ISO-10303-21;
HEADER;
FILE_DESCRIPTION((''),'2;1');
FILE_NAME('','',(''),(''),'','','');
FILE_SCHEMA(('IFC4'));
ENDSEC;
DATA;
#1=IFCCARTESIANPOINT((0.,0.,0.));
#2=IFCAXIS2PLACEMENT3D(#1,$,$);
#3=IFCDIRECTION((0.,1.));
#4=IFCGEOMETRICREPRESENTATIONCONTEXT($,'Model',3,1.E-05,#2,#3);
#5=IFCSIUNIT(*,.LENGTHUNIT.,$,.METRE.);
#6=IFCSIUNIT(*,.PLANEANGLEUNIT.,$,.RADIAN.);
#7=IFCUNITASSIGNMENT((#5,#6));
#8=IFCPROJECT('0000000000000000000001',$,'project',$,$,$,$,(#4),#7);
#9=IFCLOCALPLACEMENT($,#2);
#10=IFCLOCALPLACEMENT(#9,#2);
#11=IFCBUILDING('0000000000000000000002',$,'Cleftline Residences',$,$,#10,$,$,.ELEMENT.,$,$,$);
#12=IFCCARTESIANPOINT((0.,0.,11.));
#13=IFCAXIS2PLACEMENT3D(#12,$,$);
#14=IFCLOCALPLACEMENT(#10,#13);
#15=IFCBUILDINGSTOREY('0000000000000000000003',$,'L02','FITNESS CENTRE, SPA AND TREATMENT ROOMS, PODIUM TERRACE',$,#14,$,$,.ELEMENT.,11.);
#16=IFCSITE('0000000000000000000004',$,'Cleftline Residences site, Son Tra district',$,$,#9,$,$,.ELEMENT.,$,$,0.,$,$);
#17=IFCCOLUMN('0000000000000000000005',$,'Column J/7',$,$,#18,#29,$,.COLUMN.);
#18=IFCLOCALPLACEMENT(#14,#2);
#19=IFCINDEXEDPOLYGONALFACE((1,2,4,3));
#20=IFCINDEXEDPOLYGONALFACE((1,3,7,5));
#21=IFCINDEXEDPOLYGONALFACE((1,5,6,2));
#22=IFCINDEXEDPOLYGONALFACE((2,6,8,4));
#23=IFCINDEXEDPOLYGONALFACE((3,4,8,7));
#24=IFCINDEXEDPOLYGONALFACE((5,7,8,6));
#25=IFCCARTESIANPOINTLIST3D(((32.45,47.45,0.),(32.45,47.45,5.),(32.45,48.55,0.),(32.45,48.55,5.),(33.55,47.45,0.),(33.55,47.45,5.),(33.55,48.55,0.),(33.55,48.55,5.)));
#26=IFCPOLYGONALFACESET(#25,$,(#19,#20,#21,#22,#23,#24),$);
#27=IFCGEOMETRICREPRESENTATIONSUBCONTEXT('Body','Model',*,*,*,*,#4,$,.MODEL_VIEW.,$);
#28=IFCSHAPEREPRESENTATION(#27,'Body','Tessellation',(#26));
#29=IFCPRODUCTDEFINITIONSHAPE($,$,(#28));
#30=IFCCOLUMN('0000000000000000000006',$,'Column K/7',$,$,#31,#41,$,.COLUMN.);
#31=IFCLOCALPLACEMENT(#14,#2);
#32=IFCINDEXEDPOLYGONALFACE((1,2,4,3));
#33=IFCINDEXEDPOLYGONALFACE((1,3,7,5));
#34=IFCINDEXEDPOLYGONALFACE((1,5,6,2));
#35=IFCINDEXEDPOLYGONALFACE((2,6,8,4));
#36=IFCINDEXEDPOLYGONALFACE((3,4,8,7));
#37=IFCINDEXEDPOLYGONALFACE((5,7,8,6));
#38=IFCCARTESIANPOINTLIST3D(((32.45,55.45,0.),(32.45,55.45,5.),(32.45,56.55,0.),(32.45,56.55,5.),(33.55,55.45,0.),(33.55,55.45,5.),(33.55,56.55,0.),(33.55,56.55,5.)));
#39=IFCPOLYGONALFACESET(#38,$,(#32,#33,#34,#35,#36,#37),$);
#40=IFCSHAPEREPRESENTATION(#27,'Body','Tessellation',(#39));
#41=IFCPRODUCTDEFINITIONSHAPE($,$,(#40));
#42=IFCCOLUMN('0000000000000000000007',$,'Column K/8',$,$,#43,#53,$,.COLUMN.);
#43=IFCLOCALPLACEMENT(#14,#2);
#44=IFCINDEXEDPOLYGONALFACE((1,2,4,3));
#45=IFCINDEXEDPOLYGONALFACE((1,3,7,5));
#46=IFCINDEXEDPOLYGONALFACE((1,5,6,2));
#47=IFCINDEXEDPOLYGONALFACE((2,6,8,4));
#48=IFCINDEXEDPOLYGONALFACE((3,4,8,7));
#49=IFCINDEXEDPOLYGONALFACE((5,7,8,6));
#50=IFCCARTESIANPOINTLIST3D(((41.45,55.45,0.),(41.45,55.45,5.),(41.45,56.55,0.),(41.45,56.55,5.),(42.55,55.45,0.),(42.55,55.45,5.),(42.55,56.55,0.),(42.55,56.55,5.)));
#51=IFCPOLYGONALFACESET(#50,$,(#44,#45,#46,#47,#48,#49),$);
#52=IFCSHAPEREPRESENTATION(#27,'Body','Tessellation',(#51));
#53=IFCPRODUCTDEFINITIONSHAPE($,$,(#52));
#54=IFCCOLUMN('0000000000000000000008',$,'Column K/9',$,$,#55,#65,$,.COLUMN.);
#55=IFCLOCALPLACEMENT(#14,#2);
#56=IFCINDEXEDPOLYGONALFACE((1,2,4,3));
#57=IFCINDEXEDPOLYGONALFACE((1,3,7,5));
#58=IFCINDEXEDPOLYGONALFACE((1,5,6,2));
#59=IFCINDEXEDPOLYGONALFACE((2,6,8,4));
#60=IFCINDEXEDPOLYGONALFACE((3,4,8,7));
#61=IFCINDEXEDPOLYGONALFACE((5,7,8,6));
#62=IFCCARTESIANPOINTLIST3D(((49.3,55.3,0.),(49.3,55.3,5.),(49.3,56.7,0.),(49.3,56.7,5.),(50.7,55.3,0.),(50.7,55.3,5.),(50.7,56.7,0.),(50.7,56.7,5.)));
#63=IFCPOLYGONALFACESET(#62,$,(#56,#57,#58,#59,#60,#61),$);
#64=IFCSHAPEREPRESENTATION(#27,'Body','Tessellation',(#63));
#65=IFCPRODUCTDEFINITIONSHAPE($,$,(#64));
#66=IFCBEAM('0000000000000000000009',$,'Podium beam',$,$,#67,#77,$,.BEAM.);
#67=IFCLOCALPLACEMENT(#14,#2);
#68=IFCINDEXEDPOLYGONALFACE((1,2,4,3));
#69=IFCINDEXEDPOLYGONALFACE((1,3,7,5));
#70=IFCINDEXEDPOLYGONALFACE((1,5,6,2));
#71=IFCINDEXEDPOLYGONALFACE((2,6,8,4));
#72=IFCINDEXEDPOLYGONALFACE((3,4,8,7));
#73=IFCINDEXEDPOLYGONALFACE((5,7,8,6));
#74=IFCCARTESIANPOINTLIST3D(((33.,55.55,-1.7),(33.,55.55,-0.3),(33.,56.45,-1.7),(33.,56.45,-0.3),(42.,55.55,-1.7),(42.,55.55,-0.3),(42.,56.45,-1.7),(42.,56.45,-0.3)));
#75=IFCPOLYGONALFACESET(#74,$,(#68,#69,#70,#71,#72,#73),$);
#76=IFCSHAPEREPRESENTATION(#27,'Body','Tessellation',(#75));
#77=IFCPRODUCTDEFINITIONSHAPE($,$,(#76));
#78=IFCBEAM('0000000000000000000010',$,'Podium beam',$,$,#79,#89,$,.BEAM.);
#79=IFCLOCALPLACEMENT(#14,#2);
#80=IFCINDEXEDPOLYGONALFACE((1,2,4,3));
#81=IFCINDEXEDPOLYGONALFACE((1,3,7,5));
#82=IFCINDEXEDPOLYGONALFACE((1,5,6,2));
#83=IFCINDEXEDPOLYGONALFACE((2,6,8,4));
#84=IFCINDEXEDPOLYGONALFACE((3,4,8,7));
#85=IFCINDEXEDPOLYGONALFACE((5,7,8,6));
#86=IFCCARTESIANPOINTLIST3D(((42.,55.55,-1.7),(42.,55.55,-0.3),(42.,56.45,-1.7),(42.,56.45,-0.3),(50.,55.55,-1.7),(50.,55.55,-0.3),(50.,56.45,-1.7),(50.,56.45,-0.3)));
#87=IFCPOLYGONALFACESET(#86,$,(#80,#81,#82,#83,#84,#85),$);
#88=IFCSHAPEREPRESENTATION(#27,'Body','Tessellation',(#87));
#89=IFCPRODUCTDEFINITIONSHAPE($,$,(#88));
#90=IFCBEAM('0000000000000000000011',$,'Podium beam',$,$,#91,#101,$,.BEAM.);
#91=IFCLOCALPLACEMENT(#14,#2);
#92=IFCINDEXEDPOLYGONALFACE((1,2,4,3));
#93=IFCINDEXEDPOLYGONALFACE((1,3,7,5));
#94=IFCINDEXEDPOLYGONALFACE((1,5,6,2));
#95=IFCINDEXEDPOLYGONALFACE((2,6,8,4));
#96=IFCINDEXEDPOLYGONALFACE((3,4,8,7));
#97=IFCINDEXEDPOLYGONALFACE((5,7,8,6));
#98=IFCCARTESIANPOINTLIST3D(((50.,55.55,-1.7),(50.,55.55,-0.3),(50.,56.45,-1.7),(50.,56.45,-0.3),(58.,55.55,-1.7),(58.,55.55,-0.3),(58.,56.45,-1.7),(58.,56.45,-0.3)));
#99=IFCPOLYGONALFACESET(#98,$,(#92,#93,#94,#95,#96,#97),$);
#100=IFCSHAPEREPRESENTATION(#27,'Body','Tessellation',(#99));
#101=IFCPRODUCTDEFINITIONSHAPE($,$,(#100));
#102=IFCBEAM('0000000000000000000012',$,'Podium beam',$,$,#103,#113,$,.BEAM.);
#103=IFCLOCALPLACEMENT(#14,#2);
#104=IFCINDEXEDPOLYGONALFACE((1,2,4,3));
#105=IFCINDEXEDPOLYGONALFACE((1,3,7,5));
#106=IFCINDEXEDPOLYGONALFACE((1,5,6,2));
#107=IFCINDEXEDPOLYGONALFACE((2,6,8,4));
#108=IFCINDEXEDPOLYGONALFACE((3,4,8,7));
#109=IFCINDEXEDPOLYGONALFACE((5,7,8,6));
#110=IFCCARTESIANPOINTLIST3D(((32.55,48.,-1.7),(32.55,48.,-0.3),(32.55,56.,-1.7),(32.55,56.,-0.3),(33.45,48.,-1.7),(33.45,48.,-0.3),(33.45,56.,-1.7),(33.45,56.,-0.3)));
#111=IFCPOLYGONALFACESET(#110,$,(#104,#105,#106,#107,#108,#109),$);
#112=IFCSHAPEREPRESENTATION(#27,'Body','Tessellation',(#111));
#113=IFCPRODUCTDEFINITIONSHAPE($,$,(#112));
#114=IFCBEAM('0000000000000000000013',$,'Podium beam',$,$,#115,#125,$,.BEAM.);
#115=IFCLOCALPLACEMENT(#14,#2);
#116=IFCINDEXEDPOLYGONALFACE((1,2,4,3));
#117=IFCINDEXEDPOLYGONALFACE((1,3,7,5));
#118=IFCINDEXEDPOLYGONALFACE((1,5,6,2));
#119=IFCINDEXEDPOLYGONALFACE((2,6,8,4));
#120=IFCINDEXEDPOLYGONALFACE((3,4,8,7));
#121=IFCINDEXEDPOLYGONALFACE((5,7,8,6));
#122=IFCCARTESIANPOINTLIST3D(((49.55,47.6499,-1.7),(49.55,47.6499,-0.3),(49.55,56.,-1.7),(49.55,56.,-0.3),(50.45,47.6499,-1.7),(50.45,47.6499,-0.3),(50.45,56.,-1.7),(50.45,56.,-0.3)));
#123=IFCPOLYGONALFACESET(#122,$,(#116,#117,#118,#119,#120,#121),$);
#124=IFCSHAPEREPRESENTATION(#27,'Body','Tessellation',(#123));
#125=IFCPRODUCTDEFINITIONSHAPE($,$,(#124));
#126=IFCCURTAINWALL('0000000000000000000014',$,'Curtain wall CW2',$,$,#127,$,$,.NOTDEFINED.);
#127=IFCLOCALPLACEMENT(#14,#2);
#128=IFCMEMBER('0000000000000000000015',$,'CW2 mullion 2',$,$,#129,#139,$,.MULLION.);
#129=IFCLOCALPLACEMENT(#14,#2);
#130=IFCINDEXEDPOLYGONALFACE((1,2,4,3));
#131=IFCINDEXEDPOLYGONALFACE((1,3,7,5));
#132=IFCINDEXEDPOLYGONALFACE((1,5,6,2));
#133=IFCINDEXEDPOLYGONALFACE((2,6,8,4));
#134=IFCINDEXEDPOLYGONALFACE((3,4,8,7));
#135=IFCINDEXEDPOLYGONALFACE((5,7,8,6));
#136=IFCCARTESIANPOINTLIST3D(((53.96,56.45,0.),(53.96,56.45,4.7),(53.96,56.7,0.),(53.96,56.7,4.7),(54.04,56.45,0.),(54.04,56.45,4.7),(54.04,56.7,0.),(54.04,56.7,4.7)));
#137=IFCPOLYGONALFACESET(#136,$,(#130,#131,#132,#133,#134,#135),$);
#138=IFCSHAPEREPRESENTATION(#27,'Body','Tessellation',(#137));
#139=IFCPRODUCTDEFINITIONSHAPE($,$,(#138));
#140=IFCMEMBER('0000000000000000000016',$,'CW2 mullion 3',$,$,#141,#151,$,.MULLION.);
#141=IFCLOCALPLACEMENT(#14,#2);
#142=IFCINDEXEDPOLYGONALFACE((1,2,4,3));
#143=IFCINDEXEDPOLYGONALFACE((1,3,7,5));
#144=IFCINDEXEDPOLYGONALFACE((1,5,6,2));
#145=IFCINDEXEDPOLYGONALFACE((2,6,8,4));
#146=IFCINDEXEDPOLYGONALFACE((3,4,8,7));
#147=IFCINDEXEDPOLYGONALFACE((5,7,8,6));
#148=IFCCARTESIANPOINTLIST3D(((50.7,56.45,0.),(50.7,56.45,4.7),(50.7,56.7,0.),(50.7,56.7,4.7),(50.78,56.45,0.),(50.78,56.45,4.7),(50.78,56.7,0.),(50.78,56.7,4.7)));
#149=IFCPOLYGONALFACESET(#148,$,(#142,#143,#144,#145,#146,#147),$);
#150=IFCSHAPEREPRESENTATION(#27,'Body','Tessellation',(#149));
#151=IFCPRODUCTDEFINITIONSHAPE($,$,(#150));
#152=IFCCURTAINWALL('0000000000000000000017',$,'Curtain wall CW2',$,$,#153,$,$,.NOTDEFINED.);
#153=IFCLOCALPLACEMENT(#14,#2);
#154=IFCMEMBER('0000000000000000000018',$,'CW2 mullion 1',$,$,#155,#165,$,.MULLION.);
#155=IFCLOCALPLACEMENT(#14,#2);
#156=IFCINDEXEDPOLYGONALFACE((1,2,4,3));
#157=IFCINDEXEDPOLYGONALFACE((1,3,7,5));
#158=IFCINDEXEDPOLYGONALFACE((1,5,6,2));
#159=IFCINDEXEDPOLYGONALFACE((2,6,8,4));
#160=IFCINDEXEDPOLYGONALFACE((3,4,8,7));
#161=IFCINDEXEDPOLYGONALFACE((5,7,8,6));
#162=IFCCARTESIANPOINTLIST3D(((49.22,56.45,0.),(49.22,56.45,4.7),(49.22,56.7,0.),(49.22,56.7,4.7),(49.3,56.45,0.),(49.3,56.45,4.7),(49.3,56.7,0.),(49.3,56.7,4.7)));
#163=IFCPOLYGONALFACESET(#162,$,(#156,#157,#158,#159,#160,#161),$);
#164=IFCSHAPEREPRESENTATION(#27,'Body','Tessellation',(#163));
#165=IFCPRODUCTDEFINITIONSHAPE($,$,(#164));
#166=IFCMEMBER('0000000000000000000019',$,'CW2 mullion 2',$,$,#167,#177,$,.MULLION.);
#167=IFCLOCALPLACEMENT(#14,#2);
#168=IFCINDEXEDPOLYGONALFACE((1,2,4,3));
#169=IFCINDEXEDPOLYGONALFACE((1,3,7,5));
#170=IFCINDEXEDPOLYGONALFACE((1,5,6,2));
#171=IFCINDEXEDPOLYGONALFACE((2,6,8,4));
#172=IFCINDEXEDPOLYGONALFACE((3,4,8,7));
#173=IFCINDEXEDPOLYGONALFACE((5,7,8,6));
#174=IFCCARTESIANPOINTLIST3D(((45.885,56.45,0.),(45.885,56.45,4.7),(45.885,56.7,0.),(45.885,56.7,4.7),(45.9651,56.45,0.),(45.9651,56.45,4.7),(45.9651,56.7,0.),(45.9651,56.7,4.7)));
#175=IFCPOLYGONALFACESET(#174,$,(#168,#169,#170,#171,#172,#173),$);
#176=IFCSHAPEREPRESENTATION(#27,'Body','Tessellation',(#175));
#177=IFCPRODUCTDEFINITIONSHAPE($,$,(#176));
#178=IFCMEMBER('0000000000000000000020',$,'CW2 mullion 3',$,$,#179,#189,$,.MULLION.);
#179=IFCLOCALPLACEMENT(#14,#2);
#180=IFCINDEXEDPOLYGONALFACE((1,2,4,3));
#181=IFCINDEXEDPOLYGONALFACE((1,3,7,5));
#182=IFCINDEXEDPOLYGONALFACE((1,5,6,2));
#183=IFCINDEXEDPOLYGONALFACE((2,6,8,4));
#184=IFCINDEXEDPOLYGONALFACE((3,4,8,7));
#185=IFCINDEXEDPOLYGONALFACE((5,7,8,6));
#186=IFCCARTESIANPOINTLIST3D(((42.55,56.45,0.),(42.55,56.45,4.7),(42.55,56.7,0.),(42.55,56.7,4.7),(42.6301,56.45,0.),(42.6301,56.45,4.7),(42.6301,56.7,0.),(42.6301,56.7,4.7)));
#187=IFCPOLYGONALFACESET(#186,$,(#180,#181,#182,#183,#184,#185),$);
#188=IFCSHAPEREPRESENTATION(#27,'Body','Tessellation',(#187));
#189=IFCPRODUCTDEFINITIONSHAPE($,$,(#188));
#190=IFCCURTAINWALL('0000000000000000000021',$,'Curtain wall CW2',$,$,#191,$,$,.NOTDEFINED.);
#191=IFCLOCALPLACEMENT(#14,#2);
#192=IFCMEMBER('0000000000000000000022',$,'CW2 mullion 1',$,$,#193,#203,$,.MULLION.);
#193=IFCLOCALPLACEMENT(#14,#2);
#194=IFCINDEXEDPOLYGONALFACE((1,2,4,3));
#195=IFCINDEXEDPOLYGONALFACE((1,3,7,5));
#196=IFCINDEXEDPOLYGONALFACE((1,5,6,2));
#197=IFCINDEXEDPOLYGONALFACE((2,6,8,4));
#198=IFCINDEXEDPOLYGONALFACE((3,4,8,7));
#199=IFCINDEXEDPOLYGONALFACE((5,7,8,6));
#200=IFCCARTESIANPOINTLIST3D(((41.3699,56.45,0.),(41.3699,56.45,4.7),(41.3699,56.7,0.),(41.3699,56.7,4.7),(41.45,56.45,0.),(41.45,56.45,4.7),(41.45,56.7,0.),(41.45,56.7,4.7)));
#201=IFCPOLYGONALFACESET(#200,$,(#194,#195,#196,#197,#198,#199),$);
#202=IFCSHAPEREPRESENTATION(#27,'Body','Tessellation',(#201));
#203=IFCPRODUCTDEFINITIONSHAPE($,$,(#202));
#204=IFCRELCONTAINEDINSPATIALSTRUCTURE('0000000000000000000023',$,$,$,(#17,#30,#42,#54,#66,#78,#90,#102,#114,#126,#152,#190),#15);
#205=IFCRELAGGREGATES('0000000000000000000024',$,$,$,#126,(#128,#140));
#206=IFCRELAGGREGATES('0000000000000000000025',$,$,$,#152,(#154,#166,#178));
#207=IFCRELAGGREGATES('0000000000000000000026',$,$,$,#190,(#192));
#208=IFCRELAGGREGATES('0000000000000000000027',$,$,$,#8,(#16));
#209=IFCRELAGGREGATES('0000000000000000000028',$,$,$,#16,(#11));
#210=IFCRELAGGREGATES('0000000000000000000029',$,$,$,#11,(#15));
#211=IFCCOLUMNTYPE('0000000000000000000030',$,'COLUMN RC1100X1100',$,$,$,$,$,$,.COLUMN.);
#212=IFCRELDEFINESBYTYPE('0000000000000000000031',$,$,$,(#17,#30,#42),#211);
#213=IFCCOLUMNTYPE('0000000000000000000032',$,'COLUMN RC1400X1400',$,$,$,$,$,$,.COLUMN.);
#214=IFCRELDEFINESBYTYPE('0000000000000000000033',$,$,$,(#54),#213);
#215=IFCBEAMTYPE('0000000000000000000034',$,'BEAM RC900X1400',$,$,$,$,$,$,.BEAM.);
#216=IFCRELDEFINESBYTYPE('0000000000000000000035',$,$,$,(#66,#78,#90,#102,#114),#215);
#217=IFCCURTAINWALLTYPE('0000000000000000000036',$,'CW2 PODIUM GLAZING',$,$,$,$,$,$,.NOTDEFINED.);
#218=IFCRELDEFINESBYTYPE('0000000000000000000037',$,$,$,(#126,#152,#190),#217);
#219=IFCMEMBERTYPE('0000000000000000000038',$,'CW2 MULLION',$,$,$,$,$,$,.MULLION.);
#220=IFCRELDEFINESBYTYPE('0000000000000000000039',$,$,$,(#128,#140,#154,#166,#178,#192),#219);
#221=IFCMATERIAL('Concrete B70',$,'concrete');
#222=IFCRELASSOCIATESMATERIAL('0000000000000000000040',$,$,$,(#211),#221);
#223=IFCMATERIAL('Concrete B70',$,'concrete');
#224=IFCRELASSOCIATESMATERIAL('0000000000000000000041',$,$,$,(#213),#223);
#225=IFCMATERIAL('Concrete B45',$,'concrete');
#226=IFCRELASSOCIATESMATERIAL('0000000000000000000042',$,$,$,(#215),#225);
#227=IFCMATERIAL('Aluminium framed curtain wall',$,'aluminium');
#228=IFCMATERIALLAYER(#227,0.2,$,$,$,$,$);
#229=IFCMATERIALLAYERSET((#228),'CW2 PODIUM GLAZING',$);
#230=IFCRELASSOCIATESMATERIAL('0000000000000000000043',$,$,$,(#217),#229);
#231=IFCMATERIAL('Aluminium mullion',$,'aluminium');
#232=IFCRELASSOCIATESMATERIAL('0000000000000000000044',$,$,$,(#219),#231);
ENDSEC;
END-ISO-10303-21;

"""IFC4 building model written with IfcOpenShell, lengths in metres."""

from ifc_helpers import new_model, si_unit, direction, frame, origin, origin_2d, place, context, subcontext, project, spatial, rectangle, extrude, material, layer, layer_set, material_profile, profile_set, type_object, element, aggregate, save


model = new_model("IFC4")

# Units and contexts
model_context = context("Model", 3, precision=1e-05, world=origin(), true_north=direction((0.0, 1.0)))
body_context = subcontext(model_context, "Body", "Model", "MODEL_VIEW")
ifc_project = project(units=[si_unit("LENGTHUNIT", "METRE"), si_unit("PLANEANGLEUNIT", "RADIAN")], contexts=[model_context])

# Site, building, storey
site_placement = place(None, origin())
site = spatial("IfcSite", under=ifc_project, at=site_placement, Name="Cleftline Residences site, Son Tra district", CompositionType="ELEMENT", RefElevation=0.0)
building_placement = place(site_placement, origin())
building = spatial("IfcBuilding", under=site, at=building_placement, Name="Cleftline Residences", CompositionType="ELEMENT")
storey_placement = place(building_placement, frame((0.0, 0.0, 11.0)))
storey = spatial("IfcBuildingStorey", under=building, at=storey_placement, Name="L02", Description="FITNESS CENTRE, SPA AND TREATMENT ROOMS, PODIUM TERRACE", CompositionType="ELEMENT", Elevation=11.0)

# Columns
ifc_material_1 = material(Name="Concrete B70", Category="concrete")
ifc_material_profile_1 = material_profile(ifc_material_1, rectangle(XDim=1.1001, YDim=1.1001, at=origin_2d()))
ifc_profile_set_1 = profile_set([ifc_material_profile_1], Name="Concrete B70")
column_type_1 = type_object("IfcColumnType", Name="COLUMN RC1100X1100", PredefinedType="COLUMN", material=ifc_profile_set_1)
for number, where, z_axis, x_axis, name in (
    (1, (33.0, 48.0, 0.0), (0.0, 0.0, 1.0), (1.0, 0.0, 0.0), "Column J/7"),
    (2, (33.0, 56.0, 0.0), (0.0, 0.0, 1.0), (1.0, 0.0, 0.0), "Column K/7"),
    (3, (42.0, 56.0, 0.0), (0.0, 0.0, 1.0), (1.0, 0.0, 0.0), "Column K/8"),
):
    element("IfcColumn", number, at=place(storey_placement, frame(where, z_axis=z_axis, x_axis=x_axis)), inside=storey, type_object=column_type_1, Name=name, PredefinedType="COLUMN", context=body_context, shape_type="SweptSolid", body=[
        extrude(rectangle(XDim=1.1001, YDim=1.1001, at=origin_2d()), origin(), (0.0, 0.0, 1.0), 5.0),
    ])
ifc_material_2 = material(Name="Concrete B70", Category="concrete")
ifc_material_profile_2 = material_profile(ifc_material_2, rectangle(XDim=1.3999, YDim=1.3999, at=origin_2d()))
ifc_profile_set_2 = profile_set([ifc_material_profile_2], Name="Concrete B70")
column_type_2 = type_object("IfcColumnType", Name="COLUMN RC1400X1400", PredefinedType="COLUMN", material=ifc_profile_set_2)
column_placement = place(storey_placement, frame((50.0, 56.0, 0.0), z_axis=(0.0, 0.0, 1.0), x_axis=(1.0, 0.0, 0.0)))
element("IfcColumn", 4, at=column_placement, inside=storey, type_object=column_type_2, Name="Column K/9", PredefinedType="COLUMN", context=body_context, shape_type="SweptSolid", body=[
    extrude(rectangle(XDim=1.3999, YDim=1.3999, at=origin_2d()), origin(), (0.0, 0.0, 1.0), 5.0),
])

# Beams
ifc_material_3 = material(Name="Concrete B45", Category="concrete")
ifc_material_profile_3 = material_profile(ifc_material_3, rectangle(XDim=0.8999, YDim=1.3999, at=origin_2d()))
ifc_profile_set_3 = profile_set([ifc_material_profile_3], Name="Concrete B45")
beam_type = type_object("IfcBeamType", Name="BEAM RC900X1400", PredefinedType="BEAM", material=ifc_profile_set_3)
beam_1_placement = place(storey_placement, frame((33.0, 56.0, -1.0), z_axis=(1.0, 0.0, 0.0), x_axis=(0.0, 1.0, 0.0)))
element("IfcBeam", 5, at=beam_1_placement, inside=storey, type_object=beam_type, Name="Podium beam", PredefinedType="BEAM", context=body_context, shape_type="SweptSolid", body=[
    extrude(rectangle(XDim=0.8999, YDim=1.3999, at=origin_2d()), origin(), (0.0, 0.0, 1.0), 9.0),
])
for number, where, z_axis, x_axis, name in (
    (6, (42.0, 56.0, -1.0), (1.0, 0.0, 0.0), (0.0, 1.0, 0.0), "Podium beam"),
    (7, (50.0, 56.0, -1.0), (1.0, 0.0, 0.0), (0.0, 1.0, 0.0), "Podium beam"),
    (8, (33.0, 48.0, -1.0), (0.0, 1.0, 0.0), (-1.0, 0.0, 0.0), "Podium beam"),
):
    element("IfcBeam", number, at=place(storey_placement, frame(where, z_axis=z_axis, x_axis=x_axis)), inside=storey, type_object=beam_type, Name=name, PredefinedType="BEAM", context=body_context, shape_type="SweptSolid", body=[
        extrude(rectangle(XDim=0.8999, YDim=1.3999, at=origin_2d()), origin(), (0.0, 0.0, 1.0), 8.0),
    ])
beam_2_placement = place(storey_placement, frame((50.0, 47.6499, -1.0), z_axis=(0.0, 1.0, 0.0), x_axis=(-1.0, 0.0, 0.0)))
element("IfcBeam", 9, at=beam_2_placement, inside=storey, type_object=beam_type, Name="Podium beam", PredefinedType="BEAM", context=body_context, shape_type="SweptSolid", body=[
    extrude(rectangle(XDim=0.8999, YDim=1.3999, at=origin_2d()), origin(), (0.0, 0.0, 1.0), 8.3501),
])

# Curtain walls, members
ifc_material_4 = material(Name="Aluminium framed curtain wall", Category="aluminium")
ifc_layer_1 = layer(ifc_material_4, 0.2)
ifc_layer_set_1 = layer_set([ifc_layer_1], Name="CW2 PODIUM GLAZING")
curtain_wall_type = type_object("IfcCurtainWallType", Name="CW2 PODIUM GLAZING", PredefinedType="NOTDEFINED", material=ifc_layer_set_1)
curtain_wall_1_placement = place(storey_placement, origin())
curtain_wall_1 = element("IfcCurtainWall", 10, at=curtain_wall_1_placement, inside=storey, type_object=curtain_wall_type, Name="Curtain wall CW2", PredefinedType="NOTDEFINED")
ifc_material_5 = material(Name="Aluminium mullion", Category="aluminium")
ifc_material_profile_4 = material_profile(ifc_material_5, rectangle(XDim=0.25, YDim=0.0801, at=origin_2d()))
ifc_profile_set_4 = profile_set([ifc_material_profile_4], Name="Aluminium mullion")
member_type_1 = type_object("IfcMemberType", Name="CW2 MULLION", PredefinedType="MULLION", material=ifc_profile_set_4)
member_1_placement = place(storey_placement, frame((54.0, 56.575, 0.0), z_axis=(0.0, 0.0, 1.0), x_axis=(0.0, -1.0, 0.0)))
member_1 = element("IfcMember", 11, at=member_1_placement, type_object=member_type_1, Name="CW2 mullion 2", PredefinedType="MULLION", context=body_context, shape_type="SweptSolid", body=[
    extrude(rectangle(XDim=0.25, YDim=0.0801, at=origin_2d()), origin(), (0.0, 0.0, 1.0), 4.7),
])
member_2_placement = place(storey_placement, frame((50.74, 56.575, 0.0), z_axis=(0.0, 0.0, 1.0), x_axis=(0.0, -1.0, 0.0)))
member_2 = element("IfcMember", 12, at=member_2_placement, type_object=member_type_1, Name="CW2 mullion 3", PredefinedType="MULLION", context=body_context, shape_type="SweptSolid", body=[
    extrude(rectangle(XDim=0.25, YDim=0.0801, at=origin_2d()), origin(), (0.0, 0.0, 1.0), 4.7),
])
curtain_wall_2_placement = place(storey_placement, origin())
curtain_wall_2 = element("IfcCurtainWall", 13, at=curtain_wall_2_placement, inside=storey, type_object=curtain_wall_type, Name="Curtain wall CW2", PredefinedType="NOTDEFINED")
member_3_placement = place(storey_placement, frame((49.26, 56.575, 0.0), z_axis=(0.0, 0.0, 1.0), x_axis=(0.0, -1.0, 0.0)))
member_3 = element("IfcMember", 14, at=member_3_placement, type_object=member_type_1, Name="CW2 mullion 1", PredefinedType="MULLION", context=body_context, shape_type="SweptSolid", body=[
    extrude(rectangle(XDim=0.25, YDim=0.0801, at=origin_2d()), origin(), (0.0, 0.0, 1.0), 4.7),
])
member_4_placement = place(storey_placement, frame((45.925, 56.575, 0.0), z_axis=(0.0, 0.0, 1.0), x_axis=(0.0, -1.0, 0.0)))
member_4 = element("IfcMember", 15, at=member_4_placement, type_object=member_type_1, Name="CW2 mullion 2", PredefinedType="MULLION", context=body_context, shape_type="SweptSolid", body=[
    extrude(rectangle(XDim=0.25, YDim=0.0801, at=origin_2d()), origin(), (0.0, 0.0, 1.0), 4.7),
])
member_5_placement = place(storey_placement, frame((42.5901, 56.575, 0.0), z_axis=(0.0, 0.0, 1.0), x_axis=(0.0, -1.0, 0.0)))
member_5 = element("IfcMember", 16, at=member_5_placement, type_object=member_type_1, Name="CW2 mullion 3", PredefinedType="MULLION", context=body_context, shape_type="SweptSolid", body=[
    extrude(rectangle(XDim=0.25, YDim=0.0801, at=origin_2d()), origin(), (0.0, 0.0, 1.0), 4.7),
])
curtain_wall_3_placement = place(storey_placement, origin())
curtain_wall_3 = element("IfcCurtainWall", 17, at=curtain_wall_3_placement, inside=storey, type_object=curtain_wall_type, Name="Curtain wall CW2", PredefinedType="NOTDEFINED")
member_6_placement = place(storey_placement, frame((41.4099, 56.575, 0.0), z_axis=(0.0, 0.0, 1.0), x_axis=(0.0, -1.0, 0.0)))
member_6 = element("IfcMember", 18, at=member_6_placement, type_object=member_type_1, Name="CW2 mullion 1", PredefinedType="MULLION", context=body_context, shape_type="SweptSolid", body=[
    extrude(rectangle(XDim=0.25, YDim=0.0801, at=origin_2d()), origin(), (0.0, 0.0, 1.0), 4.7),
])

aggregate(curtain_wall_1, [member_1, member_2])
aggregate(curtain_wall_2, [member_3, member_4, member_5])
aggregate(curtain_wall_3, [member_6])

save(model, "model.ifc")
